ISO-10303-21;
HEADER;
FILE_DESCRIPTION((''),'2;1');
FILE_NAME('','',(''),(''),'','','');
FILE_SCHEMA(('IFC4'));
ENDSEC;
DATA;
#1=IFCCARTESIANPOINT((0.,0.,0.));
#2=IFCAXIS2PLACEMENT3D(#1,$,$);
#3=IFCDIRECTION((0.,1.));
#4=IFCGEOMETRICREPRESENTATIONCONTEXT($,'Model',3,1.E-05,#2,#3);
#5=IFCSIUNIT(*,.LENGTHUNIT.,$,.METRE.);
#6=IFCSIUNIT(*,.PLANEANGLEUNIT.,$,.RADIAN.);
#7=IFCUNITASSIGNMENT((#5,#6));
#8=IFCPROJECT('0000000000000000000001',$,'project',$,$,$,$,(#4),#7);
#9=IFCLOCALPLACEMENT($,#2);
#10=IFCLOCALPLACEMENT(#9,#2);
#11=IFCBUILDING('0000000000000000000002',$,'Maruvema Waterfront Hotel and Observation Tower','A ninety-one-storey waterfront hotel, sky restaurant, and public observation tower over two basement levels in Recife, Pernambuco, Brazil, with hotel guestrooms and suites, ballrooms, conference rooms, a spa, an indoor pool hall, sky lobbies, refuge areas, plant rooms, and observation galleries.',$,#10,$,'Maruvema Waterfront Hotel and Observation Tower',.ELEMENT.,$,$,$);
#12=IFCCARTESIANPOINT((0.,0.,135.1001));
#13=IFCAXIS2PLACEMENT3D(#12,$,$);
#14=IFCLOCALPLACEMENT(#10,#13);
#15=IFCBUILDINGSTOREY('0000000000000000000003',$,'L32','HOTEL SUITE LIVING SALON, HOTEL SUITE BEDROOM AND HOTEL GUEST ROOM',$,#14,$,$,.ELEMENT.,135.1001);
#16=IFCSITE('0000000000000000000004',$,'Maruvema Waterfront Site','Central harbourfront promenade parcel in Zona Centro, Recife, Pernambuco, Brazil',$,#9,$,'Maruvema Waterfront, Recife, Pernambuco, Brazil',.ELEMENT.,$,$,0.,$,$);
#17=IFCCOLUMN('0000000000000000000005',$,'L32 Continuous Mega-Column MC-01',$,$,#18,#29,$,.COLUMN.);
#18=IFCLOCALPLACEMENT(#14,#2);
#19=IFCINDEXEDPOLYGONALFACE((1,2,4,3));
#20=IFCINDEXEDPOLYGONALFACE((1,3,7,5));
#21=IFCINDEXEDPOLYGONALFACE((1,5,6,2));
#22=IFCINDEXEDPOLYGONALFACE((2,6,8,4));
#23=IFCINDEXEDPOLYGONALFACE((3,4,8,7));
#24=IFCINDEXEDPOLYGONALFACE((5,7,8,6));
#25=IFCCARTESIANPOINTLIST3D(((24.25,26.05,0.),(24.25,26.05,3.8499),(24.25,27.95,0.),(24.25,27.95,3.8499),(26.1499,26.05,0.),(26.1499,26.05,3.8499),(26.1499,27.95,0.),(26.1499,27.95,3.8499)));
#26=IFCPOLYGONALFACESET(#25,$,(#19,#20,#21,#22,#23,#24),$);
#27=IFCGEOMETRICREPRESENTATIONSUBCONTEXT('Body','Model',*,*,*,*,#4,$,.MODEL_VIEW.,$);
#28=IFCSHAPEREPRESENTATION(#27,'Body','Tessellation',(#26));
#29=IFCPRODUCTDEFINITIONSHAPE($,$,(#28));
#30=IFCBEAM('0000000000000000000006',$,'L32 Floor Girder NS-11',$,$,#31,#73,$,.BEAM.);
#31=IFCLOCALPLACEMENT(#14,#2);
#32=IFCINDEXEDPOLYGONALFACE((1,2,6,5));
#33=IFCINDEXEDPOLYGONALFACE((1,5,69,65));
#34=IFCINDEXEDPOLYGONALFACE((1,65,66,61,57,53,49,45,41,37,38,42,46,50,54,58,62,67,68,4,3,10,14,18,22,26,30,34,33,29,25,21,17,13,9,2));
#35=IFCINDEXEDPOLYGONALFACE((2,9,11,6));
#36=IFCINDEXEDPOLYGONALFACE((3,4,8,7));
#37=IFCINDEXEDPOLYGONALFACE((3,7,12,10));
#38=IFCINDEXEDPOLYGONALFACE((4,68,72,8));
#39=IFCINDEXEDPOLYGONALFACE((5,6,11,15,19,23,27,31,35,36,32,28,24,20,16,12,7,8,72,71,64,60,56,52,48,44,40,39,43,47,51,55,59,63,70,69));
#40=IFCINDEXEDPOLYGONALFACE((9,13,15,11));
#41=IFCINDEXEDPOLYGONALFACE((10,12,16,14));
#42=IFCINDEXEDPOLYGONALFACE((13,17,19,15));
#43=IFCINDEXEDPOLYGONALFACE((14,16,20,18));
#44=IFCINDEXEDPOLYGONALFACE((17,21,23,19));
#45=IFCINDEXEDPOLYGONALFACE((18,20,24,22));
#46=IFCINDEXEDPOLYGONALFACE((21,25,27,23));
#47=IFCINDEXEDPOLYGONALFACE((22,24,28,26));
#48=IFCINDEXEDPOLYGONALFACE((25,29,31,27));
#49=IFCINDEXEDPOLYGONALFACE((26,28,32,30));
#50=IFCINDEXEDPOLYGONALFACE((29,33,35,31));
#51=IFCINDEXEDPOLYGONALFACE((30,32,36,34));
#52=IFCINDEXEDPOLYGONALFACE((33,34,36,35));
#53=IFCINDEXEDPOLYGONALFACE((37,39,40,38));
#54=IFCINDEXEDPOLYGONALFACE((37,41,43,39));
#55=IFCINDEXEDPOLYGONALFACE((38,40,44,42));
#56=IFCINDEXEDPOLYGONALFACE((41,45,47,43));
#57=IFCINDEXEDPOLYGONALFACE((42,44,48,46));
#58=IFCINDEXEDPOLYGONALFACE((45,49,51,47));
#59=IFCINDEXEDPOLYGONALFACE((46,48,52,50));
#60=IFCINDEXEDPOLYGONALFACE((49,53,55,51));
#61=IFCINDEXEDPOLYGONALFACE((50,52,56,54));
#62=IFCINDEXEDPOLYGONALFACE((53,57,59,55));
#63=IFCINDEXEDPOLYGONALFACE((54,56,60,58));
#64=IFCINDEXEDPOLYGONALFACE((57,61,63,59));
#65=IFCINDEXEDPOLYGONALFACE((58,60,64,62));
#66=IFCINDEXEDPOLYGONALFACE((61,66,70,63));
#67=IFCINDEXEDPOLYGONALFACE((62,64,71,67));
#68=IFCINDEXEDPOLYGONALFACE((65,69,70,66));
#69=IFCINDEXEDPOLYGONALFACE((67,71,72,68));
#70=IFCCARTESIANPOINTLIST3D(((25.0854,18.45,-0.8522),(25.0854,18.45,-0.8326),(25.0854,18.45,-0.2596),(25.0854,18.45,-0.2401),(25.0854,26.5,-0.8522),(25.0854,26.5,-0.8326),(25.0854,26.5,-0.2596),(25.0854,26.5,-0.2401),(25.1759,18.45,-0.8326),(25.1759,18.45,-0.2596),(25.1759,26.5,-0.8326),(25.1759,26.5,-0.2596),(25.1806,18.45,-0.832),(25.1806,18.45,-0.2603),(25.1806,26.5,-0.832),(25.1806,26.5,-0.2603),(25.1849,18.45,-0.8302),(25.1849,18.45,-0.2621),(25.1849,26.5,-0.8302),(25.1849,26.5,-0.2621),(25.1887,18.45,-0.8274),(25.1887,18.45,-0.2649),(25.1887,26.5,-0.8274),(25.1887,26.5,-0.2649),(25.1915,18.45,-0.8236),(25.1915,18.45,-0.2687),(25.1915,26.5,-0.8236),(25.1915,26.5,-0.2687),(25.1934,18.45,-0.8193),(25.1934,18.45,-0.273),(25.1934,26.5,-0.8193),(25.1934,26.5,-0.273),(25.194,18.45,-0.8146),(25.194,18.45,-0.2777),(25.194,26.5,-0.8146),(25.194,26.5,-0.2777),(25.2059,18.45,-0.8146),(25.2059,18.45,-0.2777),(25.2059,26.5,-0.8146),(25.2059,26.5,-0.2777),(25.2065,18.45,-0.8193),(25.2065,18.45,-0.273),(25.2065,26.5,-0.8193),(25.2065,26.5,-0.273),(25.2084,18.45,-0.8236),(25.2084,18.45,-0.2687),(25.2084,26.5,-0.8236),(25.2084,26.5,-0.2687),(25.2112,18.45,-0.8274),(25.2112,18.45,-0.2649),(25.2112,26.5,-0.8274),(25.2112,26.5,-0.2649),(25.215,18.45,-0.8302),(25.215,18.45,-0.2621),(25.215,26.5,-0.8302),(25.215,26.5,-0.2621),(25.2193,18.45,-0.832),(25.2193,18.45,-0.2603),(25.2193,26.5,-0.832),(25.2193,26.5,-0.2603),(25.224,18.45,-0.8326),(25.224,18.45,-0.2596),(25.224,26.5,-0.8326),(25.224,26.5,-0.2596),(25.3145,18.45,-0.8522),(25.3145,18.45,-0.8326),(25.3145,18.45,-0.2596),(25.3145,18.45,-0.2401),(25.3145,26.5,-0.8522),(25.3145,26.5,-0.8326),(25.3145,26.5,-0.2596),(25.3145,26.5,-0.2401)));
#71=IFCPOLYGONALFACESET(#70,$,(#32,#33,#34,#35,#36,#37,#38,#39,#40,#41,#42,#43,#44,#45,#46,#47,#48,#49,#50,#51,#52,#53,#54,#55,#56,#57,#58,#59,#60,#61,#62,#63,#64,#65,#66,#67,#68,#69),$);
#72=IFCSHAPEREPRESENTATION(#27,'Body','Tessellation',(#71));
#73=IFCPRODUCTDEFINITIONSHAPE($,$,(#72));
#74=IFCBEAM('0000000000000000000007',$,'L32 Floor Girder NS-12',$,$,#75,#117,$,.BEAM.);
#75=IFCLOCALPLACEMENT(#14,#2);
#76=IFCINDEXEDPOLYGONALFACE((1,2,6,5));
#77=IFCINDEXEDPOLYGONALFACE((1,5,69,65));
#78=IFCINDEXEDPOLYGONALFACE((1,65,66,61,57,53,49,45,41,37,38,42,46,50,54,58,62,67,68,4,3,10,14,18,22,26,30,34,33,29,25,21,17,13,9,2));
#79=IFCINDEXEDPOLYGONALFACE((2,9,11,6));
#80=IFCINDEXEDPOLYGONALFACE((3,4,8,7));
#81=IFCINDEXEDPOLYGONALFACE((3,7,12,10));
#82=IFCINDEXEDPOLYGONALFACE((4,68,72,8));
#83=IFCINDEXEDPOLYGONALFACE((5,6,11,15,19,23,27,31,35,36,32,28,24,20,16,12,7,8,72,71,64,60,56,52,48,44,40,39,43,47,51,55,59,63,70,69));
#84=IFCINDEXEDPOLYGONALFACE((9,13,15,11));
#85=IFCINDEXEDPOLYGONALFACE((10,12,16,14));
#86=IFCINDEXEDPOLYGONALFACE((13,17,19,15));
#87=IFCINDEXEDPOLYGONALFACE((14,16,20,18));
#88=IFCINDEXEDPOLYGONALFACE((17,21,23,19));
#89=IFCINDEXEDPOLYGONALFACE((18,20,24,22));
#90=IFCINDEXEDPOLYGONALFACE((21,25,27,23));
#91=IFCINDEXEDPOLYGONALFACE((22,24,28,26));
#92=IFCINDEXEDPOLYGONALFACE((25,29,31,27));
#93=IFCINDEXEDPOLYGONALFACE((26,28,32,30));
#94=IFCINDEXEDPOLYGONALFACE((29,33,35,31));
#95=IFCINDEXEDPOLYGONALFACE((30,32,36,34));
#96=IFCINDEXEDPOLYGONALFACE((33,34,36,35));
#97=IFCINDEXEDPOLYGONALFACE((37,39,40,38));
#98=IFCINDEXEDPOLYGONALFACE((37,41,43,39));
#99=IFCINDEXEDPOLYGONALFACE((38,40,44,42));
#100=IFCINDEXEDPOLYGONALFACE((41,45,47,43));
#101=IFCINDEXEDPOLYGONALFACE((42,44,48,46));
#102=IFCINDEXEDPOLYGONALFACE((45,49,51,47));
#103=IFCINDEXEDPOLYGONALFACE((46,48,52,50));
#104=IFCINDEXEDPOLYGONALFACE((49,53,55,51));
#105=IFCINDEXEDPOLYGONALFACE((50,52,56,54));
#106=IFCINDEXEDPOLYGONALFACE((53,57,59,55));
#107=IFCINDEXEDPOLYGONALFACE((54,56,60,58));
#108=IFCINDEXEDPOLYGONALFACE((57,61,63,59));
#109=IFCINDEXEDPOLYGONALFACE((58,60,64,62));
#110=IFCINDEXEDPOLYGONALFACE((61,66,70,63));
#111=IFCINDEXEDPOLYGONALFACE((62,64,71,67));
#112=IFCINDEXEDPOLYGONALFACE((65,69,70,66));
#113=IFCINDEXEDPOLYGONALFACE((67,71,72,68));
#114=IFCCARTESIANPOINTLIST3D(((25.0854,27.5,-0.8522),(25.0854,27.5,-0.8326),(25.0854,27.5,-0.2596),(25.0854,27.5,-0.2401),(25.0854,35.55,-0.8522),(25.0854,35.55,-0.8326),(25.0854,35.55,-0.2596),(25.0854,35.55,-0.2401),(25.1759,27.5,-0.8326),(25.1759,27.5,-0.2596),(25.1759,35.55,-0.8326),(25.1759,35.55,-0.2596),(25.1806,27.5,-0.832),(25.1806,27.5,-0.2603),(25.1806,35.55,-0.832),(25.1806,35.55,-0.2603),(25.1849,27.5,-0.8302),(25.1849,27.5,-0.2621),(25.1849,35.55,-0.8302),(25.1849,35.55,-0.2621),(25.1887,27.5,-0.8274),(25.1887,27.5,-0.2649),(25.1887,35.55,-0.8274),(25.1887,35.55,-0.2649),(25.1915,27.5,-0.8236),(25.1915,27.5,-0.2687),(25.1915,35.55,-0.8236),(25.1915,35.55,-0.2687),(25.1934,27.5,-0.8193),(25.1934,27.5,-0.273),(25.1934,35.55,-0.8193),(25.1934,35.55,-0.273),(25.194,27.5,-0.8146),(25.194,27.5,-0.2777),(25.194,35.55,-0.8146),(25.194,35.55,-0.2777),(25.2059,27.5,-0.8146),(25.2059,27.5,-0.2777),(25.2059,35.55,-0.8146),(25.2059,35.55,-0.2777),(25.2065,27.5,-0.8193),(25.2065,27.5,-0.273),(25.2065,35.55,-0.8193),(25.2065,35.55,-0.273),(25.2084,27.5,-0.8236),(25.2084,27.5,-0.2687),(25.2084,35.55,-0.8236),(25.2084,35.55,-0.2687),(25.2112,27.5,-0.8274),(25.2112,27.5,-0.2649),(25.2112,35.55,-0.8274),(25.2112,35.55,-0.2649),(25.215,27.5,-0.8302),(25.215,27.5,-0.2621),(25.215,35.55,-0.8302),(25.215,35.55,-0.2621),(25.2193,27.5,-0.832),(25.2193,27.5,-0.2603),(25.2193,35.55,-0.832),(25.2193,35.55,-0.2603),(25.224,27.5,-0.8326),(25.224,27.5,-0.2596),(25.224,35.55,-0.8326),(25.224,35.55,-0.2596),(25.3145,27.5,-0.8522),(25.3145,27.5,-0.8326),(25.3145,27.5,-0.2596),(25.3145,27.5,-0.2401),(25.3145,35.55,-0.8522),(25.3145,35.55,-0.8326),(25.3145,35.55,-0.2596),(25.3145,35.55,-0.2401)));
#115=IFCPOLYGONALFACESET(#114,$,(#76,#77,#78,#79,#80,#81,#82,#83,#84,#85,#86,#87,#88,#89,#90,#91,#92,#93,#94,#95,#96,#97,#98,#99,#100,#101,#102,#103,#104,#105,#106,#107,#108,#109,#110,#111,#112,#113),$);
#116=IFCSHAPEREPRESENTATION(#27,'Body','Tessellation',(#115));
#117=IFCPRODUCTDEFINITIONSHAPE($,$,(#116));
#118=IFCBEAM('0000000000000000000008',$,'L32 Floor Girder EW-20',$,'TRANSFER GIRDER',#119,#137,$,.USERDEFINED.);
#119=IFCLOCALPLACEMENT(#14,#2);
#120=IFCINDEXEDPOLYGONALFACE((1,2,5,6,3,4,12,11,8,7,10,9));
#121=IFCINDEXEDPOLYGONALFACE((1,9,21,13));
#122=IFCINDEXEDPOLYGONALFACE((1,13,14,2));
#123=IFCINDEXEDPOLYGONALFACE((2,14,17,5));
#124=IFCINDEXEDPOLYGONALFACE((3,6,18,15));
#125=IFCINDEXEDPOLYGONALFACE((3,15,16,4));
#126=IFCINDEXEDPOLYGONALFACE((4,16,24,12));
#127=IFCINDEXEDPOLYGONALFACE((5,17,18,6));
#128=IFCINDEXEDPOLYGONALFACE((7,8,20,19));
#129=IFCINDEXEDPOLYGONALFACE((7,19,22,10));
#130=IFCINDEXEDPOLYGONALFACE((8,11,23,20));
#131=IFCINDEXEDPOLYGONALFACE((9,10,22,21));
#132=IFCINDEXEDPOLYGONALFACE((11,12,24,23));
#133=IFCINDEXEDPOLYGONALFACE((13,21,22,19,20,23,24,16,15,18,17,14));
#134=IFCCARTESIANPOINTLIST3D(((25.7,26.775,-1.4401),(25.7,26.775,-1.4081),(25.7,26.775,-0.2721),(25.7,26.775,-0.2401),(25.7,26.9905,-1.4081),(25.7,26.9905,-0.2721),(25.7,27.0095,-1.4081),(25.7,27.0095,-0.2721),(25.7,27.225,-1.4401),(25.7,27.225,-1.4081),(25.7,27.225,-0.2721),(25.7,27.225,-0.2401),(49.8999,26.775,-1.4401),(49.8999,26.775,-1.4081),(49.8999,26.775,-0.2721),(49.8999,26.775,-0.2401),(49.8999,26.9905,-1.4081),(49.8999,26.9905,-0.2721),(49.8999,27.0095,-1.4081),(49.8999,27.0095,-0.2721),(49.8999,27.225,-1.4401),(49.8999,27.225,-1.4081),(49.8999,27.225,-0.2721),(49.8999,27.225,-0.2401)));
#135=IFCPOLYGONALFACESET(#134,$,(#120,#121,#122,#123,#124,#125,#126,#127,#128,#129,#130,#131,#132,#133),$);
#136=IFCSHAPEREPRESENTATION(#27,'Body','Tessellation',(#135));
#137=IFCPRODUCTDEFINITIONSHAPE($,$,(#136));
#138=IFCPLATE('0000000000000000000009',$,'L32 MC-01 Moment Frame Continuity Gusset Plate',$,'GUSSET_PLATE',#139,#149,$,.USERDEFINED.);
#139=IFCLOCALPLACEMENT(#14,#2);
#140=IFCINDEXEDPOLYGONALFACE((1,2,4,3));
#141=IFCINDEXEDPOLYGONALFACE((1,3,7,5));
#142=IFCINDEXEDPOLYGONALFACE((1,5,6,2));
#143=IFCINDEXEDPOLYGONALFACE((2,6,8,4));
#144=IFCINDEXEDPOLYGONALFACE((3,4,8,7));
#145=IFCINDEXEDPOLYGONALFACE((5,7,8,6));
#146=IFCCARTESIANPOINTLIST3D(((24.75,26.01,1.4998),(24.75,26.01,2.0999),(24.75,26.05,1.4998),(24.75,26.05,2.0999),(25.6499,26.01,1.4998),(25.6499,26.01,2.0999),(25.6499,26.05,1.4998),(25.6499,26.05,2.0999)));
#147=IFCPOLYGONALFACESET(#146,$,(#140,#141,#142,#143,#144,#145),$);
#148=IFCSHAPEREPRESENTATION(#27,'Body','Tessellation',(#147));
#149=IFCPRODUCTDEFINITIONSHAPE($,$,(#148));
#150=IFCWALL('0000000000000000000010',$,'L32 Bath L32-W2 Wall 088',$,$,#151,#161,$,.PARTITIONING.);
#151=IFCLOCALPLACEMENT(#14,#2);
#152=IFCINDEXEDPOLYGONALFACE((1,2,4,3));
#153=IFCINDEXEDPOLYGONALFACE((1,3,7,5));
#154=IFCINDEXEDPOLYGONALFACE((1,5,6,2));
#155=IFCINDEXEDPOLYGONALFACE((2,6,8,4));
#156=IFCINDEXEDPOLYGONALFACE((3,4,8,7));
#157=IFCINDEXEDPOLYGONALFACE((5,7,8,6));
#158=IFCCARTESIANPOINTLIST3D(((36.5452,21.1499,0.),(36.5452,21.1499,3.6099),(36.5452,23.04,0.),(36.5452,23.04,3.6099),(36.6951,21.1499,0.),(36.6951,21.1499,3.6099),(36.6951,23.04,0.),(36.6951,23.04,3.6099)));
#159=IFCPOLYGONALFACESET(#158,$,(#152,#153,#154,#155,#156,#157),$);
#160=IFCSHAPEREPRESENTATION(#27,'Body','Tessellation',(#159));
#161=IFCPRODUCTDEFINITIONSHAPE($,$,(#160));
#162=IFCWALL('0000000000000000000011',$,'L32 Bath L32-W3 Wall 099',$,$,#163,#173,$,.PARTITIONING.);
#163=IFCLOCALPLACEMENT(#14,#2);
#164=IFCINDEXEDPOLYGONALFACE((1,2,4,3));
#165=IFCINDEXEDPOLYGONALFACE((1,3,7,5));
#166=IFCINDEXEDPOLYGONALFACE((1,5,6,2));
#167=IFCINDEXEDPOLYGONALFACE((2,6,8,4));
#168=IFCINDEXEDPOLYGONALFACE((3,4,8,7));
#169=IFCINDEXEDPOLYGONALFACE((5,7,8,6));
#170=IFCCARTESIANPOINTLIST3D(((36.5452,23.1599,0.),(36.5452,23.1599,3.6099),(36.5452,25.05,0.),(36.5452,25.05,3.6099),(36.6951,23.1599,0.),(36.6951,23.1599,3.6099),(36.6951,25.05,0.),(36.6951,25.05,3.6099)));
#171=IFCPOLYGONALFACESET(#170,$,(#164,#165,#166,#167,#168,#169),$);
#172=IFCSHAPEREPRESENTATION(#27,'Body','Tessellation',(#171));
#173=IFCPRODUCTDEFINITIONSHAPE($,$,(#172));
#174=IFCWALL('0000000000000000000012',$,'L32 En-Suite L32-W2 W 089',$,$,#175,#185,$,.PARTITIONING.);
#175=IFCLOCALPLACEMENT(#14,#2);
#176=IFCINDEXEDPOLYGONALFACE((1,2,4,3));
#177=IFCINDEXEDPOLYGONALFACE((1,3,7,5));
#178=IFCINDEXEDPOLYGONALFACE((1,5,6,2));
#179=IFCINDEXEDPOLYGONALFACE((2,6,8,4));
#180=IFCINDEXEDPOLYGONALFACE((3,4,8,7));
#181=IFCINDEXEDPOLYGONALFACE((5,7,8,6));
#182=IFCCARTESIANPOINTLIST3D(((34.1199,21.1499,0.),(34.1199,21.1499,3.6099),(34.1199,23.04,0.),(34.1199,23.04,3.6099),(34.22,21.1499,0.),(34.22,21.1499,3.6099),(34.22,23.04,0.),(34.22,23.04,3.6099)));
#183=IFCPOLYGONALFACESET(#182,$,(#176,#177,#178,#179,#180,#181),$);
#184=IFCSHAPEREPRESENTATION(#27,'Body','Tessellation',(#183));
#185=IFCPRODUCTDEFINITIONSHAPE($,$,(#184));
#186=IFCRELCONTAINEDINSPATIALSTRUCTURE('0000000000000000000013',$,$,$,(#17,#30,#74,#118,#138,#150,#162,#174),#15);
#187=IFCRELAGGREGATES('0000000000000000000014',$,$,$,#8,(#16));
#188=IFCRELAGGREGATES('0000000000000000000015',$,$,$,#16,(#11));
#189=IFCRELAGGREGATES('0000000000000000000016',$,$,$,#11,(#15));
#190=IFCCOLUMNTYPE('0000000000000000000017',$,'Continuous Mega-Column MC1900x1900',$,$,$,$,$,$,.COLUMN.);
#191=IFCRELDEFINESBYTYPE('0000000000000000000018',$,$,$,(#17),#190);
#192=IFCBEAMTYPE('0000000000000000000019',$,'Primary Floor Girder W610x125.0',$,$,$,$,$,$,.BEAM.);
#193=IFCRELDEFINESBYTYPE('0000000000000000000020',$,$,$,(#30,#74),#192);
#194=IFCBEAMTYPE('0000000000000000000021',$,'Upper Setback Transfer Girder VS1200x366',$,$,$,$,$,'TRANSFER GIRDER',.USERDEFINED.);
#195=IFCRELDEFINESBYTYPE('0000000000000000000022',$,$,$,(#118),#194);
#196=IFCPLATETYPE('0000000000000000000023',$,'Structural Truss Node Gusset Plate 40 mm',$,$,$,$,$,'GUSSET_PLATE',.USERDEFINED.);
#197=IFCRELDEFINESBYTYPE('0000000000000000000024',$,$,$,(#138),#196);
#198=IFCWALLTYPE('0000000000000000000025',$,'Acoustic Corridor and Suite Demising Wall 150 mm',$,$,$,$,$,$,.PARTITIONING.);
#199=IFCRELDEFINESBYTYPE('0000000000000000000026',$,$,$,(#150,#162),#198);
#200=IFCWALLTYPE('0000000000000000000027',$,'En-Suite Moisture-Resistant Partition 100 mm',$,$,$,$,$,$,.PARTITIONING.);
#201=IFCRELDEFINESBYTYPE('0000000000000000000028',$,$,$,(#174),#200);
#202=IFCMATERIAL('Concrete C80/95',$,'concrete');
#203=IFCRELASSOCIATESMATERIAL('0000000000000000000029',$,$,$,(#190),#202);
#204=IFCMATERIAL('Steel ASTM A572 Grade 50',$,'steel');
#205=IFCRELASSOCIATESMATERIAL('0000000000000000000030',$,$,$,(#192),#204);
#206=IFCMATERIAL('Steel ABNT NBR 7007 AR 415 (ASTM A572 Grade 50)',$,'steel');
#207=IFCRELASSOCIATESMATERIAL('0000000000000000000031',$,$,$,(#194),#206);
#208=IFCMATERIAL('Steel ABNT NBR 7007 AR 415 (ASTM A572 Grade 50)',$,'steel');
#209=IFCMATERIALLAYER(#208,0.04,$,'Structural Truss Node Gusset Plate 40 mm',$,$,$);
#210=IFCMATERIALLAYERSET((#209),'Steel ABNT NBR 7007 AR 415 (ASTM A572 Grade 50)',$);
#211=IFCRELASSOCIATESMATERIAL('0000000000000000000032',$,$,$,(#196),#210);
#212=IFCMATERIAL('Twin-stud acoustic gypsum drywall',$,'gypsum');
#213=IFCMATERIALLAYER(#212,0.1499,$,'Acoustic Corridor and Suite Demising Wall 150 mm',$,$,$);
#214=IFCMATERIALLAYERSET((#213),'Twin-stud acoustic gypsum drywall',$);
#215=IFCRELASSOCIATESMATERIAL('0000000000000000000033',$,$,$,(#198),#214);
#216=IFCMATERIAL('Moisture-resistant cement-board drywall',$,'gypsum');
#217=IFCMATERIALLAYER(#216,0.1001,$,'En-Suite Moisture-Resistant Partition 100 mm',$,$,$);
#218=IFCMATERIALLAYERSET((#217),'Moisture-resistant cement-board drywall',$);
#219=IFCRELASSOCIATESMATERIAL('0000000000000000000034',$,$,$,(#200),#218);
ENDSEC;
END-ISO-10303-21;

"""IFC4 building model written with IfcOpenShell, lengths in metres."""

from ifc_helpers import new_model, si_unit, direction, frame, frame_2d, origin, origin_2d, place, context, subcontext, project, spatial, rectangle, i_section, extrude, material, layer, layer_set, material_profile, profile_set, type_object, element, save


model = new_model("IFC4")

# Units and contexts
model_context = context("Model", 3, precision=1e-05, world=origin(), true_north=direction((0.0, 1.0)))
body_context = subcontext(model_context, "Body", "Model", "MODEL_VIEW")
ifc_project = project(units=[si_unit("LENGTHUNIT", "METRE"), si_unit("PLANEANGLEUNIT", "RADIAN")], contexts=[model_context])

# Site, building, storey
site_placement = place(None, origin())
site = spatial("IfcSite", under=ifc_project, at=site_placement, Name="Maruvema Waterfront Site", Description="Central harbourfront promenade parcel in Zona Centro, Recife, Pernambuco, Brazil", LongName="Maruvema Waterfront, Recife, Pernambuco, Brazil", CompositionType="ELEMENT", RefElevation=0.0)
building_placement = place(site_placement, origin())
building = spatial("IfcBuilding", under=site, at=building_placement, Name="Maruvema Waterfront Hotel and Observation Tower", Description="A ninety-one-storey waterfront hotel, sky restaurant, and public observation tower over two basement levels in Recife, Pernambuco, Brazil, with hotel guestrooms and suites, ballrooms, conference rooms, a spa, an indoor pool hall, sky lobbies, refuge areas, plant rooms, and observation galleries.", LongName="Maruvema Waterfront Hotel and Observation Tower", CompositionType="ELEMENT")
storey_placement = place(building_placement, frame((0.0, 0.0, 135.1001)))
storey = spatial("IfcBuildingStorey", under=building, at=storey_placement, Name="L32", Description="HOTEL SUITE LIVING SALON, HOTEL SUITE BEDROOM AND HOTEL GUEST ROOM", CompositionType="ELEMENT", Elevation=135.1001)

# Column
ifc_material_1 = material(Name="Concrete C80/95", Category="concrete")
ifc_material_profile_1 = material_profile(ifc_material_1, rectangle(XDim=1.8999, YDim=1.8999, at=origin_2d()), Name="MC1900x1900")
ifc_profile_set_1 = profile_set([ifc_material_profile_1], Name="Concrete C80/95")
column_type = type_object("IfcColumnType", Name="Continuous Mega-Column MC1900x1900", PredefinedType="COLUMN", material=ifc_profile_set_1)
column_placement = place(storey_placement, frame((25.2, 27.0, 0.0), z_axis=(0.0, 0.0, 1.0), x_axis=(1.0, 0.0, 0.0)))
element("IfcColumn", 1, at=column_placement, inside=storey, type_object=column_type, Name="L32 Continuous Mega-Column MC-01", PredefinedType="COLUMN", context=body_context, shape_type="SweptSolid", body=[
    extrude(rectangle(XDim=1.8999, YDim=1.8999, at=origin_2d()), origin(), (0.0, 0.0, 1.0), 3.8499),
])

# Beams
ifc_material_2 = material(Name="Steel ASTM A572 Grade 50", Category="steel")
ifc_material_profile_2 = material_profile(ifc_material_2, i_section(OverallWidth=0.229, OverallDepth=0.6121, WebThickness=0.012, FlangeThickness=0.0195, FilletRadius=0.0181, at=origin_2d()), Name="W610x125.0")
ifc_profile_set_2 = profile_set([ifc_material_profile_2], Name="Steel ASTM A572 Grade 50")
beam_type_1 = type_object("IfcBeamType", Name="Primary Floor Girder W610x125.0", PredefinedType="BEAM", material=ifc_profile_set_2)
for number, where, z_axis, x_axis, name in (
    (2, (25.2, 18.45, -0.5461), (0.0, 1.0, 0.0), (-1.0, 0.0, 0.0), "L32 Floor Girder NS-11"),
    (3, (25.2, 27.5, -0.5461), (0.0, 1.0, 0.0), (-1.0, 0.0, 0.0), "L32 Floor Girder NS-12"),
):
    element("IfcBeam", number, at=place(storey_placement, frame(where, z_axis=z_axis, x_axis=x_axis)), inside=storey, type_object=beam_type_1, Name=name, PredefinedType="BEAM", context=body_context, shape_type="SweptSolid", body=[
        extrude(i_section(OverallWidth=0.229, OverallDepth=0.6121, WebThickness=0.012, FlangeThickness=0.0195, FilletRadius=0.0181, at=origin_2d()), origin(), (0.0, 0.0, 1.0), 8.05),
    ])
ifc_material_3 = material(Name="Steel ABNT NBR 7007 AR 415 (ASTM A572 Grade 50)", Category="steel")
ifc_material_profile_3 = material_profile(ifc_material_3, i_section(OverallWidth=0.45, OverallDepth=1.2, WebThickness=0.019, FlangeThickness=0.032, at=origin_2d()), Name="VS1200x366")
ifc_profile_set_3 = profile_set([ifc_material_profile_3], Name="Steel ABNT NBR 7007 AR 415 (ASTM A572 Grade 50)")
beam_type_2 = type_object("IfcBeamType", Name="Upper Setback Transfer Girder VS1200x366", ElementType="TRANSFER GIRDER", PredefinedType="USERDEFINED", material=ifc_profile_set_3)
beam_placement = place(storey_placement, frame((25.7, 27.0, -0.8401), z_axis=(1.0, 0.0, 0.0), x_axis=(0.0, 1.0, 0.0)))
element("IfcBeam", 4, at=beam_placement, inside=storey, type_object=beam_type_2, Name="L32 Floor Girder EW-20", ObjectType="TRANSFER GIRDER", PredefinedType="USERDEFINED", context=body_context, shape_type="SweptSolid", body=[
    extrude(i_section(OverallWidth=0.45, OverallDepth=1.2, WebThickness=0.019, FlangeThickness=0.032, at=origin_2d()), origin(), (0.0, 0.0, 1.0), 24.2),
])

# Plate
ifc_material_4 = material(Name="Steel ABNT NBR 7007 AR 415 (ASTM A572 Grade 50)", Category="steel")
ifc_layer_1 = layer(ifc_material_4, 0.04, Name="Structural Truss Node Gusset Plate 40 mm")
ifc_layer_set_1 = layer_set([ifc_layer_1], Name="Steel ABNT NBR 7007 AR 415 (ASTM A572 Grade 50)")
plate_type = type_object("IfcPlateType", Name="Structural Truss Node Gusset Plate 40 mm", ElementType="GUSSET_PLATE", PredefinedType="USERDEFINED", material=ifc_layer_set_1)
plate_placement = place(storey_placement, frame((25.2, 26.03, 1.4998), z_axis=(0.0, 0.0, 1.0), x_axis=(1.0, 0.0, 0.0)))
element("IfcPlate", 5, at=plate_placement, inside=storey, type_object=plate_type, Name="L32 MC-01 Moment Frame Continuity Gusset Plate", ObjectType="GUSSET_PLATE", PredefinedType="USERDEFINED", context=body_context, shape_type="SweptSolid", body=[
    extrude(rectangle(XDim=0.8999, YDim=0.04, at=origin_2d()), origin(), (0.0, 0.0, 1.0), 0.6001),
])

# Shared definitions
ifc_material_5 = material(Name="Twin-stud acoustic gypsum drywall", Category="gypsum")
ifc_layer_2 = layer(ifc_material_5, 0.1499, Name="Acoustic Corridor and Suite Demising Wall 150 mm")
ifc_layer_set_2 = layer_set([ifc_layer_2], Name="Twin-stud acoustic gypsum drywall")
wall_type_1 = type_object("IfcWallType", Name="Acoustic Corridor and Suite Demising Wall 150 mm", PredefinedType="PARTITIONING", material=ifc_layer_set_2)

# Walls
for number, where, z_axis, x_axis, name in (
    (6, (36.6201, 21.1499, 0.0), (0.0, 0.0, 1.0), (0.0, 1.0, 0.0), "L32 Bath L32-W2 Wall 088"),
    (7, (36.6201, 23.1599, 0.0), (0.0, 0.0, 1.0), (0.0, 1.0, 0.0), "L32 Bath L32-W3 Wall 099"),
):
    element("IfcWall", number, at=place(storey_placement, frame(where, z_axis=z_axis, x_axis=x_axis)), inside=storey, type_object=wall_type_1, Name=name, PredefinedType="PARTITIONING", context=body_context, shape_type="SweptSolid", body=[
        extrude(rectangle(XDim=1.8901, YDim=0.1499, at=frame_2d((0.9451, 0.0))), origin(), (0.0, 0.0, 1.0), 3.6099),
    ])

# Wall
ifc_material_6 = material(Name="Moisture-resistant cement-board drywall", Category="gypsum")
ifc_layer_3 = layer(ifc_material_6, 0.1001, Name="En-Suite Moisture-Resistant Partition 100 mm")
ifc_layer_set_3 = layer_set([ifc_layer_3], Name="Moisture-resistant cement-board drywall")
wall_type_2 = type_object("IfcWallType", Name="En-Suite Moisture-Resistant Partition 100 mm", PredefinedType="PARTITIONING", material=ifc_layer_set_3)
wall_1_placement = place(storey_placement, frame((34.1699, 21.1499, 0.0), z_axis=(0.0, 0.0, 1.0), x_axis=(0.0, 1.0, 0.0)))
element("IfcWall", 8, at=wall_1_placement, inside=storey, type_object=wall_type_2, Name="L32 En-Suite L32-W2 W 089", PredefinedType="PARTITIONING", context=body_context, shape_type="SweptSolid", body=[
    extrude(rectangle(XDim=1.8901, YDim=0.1001, at=frame_2d((0.9451, 0.0))), origin(), (0.0, 0.0, 1.0), 3.6099),
])

save(model, "model.ifc")
